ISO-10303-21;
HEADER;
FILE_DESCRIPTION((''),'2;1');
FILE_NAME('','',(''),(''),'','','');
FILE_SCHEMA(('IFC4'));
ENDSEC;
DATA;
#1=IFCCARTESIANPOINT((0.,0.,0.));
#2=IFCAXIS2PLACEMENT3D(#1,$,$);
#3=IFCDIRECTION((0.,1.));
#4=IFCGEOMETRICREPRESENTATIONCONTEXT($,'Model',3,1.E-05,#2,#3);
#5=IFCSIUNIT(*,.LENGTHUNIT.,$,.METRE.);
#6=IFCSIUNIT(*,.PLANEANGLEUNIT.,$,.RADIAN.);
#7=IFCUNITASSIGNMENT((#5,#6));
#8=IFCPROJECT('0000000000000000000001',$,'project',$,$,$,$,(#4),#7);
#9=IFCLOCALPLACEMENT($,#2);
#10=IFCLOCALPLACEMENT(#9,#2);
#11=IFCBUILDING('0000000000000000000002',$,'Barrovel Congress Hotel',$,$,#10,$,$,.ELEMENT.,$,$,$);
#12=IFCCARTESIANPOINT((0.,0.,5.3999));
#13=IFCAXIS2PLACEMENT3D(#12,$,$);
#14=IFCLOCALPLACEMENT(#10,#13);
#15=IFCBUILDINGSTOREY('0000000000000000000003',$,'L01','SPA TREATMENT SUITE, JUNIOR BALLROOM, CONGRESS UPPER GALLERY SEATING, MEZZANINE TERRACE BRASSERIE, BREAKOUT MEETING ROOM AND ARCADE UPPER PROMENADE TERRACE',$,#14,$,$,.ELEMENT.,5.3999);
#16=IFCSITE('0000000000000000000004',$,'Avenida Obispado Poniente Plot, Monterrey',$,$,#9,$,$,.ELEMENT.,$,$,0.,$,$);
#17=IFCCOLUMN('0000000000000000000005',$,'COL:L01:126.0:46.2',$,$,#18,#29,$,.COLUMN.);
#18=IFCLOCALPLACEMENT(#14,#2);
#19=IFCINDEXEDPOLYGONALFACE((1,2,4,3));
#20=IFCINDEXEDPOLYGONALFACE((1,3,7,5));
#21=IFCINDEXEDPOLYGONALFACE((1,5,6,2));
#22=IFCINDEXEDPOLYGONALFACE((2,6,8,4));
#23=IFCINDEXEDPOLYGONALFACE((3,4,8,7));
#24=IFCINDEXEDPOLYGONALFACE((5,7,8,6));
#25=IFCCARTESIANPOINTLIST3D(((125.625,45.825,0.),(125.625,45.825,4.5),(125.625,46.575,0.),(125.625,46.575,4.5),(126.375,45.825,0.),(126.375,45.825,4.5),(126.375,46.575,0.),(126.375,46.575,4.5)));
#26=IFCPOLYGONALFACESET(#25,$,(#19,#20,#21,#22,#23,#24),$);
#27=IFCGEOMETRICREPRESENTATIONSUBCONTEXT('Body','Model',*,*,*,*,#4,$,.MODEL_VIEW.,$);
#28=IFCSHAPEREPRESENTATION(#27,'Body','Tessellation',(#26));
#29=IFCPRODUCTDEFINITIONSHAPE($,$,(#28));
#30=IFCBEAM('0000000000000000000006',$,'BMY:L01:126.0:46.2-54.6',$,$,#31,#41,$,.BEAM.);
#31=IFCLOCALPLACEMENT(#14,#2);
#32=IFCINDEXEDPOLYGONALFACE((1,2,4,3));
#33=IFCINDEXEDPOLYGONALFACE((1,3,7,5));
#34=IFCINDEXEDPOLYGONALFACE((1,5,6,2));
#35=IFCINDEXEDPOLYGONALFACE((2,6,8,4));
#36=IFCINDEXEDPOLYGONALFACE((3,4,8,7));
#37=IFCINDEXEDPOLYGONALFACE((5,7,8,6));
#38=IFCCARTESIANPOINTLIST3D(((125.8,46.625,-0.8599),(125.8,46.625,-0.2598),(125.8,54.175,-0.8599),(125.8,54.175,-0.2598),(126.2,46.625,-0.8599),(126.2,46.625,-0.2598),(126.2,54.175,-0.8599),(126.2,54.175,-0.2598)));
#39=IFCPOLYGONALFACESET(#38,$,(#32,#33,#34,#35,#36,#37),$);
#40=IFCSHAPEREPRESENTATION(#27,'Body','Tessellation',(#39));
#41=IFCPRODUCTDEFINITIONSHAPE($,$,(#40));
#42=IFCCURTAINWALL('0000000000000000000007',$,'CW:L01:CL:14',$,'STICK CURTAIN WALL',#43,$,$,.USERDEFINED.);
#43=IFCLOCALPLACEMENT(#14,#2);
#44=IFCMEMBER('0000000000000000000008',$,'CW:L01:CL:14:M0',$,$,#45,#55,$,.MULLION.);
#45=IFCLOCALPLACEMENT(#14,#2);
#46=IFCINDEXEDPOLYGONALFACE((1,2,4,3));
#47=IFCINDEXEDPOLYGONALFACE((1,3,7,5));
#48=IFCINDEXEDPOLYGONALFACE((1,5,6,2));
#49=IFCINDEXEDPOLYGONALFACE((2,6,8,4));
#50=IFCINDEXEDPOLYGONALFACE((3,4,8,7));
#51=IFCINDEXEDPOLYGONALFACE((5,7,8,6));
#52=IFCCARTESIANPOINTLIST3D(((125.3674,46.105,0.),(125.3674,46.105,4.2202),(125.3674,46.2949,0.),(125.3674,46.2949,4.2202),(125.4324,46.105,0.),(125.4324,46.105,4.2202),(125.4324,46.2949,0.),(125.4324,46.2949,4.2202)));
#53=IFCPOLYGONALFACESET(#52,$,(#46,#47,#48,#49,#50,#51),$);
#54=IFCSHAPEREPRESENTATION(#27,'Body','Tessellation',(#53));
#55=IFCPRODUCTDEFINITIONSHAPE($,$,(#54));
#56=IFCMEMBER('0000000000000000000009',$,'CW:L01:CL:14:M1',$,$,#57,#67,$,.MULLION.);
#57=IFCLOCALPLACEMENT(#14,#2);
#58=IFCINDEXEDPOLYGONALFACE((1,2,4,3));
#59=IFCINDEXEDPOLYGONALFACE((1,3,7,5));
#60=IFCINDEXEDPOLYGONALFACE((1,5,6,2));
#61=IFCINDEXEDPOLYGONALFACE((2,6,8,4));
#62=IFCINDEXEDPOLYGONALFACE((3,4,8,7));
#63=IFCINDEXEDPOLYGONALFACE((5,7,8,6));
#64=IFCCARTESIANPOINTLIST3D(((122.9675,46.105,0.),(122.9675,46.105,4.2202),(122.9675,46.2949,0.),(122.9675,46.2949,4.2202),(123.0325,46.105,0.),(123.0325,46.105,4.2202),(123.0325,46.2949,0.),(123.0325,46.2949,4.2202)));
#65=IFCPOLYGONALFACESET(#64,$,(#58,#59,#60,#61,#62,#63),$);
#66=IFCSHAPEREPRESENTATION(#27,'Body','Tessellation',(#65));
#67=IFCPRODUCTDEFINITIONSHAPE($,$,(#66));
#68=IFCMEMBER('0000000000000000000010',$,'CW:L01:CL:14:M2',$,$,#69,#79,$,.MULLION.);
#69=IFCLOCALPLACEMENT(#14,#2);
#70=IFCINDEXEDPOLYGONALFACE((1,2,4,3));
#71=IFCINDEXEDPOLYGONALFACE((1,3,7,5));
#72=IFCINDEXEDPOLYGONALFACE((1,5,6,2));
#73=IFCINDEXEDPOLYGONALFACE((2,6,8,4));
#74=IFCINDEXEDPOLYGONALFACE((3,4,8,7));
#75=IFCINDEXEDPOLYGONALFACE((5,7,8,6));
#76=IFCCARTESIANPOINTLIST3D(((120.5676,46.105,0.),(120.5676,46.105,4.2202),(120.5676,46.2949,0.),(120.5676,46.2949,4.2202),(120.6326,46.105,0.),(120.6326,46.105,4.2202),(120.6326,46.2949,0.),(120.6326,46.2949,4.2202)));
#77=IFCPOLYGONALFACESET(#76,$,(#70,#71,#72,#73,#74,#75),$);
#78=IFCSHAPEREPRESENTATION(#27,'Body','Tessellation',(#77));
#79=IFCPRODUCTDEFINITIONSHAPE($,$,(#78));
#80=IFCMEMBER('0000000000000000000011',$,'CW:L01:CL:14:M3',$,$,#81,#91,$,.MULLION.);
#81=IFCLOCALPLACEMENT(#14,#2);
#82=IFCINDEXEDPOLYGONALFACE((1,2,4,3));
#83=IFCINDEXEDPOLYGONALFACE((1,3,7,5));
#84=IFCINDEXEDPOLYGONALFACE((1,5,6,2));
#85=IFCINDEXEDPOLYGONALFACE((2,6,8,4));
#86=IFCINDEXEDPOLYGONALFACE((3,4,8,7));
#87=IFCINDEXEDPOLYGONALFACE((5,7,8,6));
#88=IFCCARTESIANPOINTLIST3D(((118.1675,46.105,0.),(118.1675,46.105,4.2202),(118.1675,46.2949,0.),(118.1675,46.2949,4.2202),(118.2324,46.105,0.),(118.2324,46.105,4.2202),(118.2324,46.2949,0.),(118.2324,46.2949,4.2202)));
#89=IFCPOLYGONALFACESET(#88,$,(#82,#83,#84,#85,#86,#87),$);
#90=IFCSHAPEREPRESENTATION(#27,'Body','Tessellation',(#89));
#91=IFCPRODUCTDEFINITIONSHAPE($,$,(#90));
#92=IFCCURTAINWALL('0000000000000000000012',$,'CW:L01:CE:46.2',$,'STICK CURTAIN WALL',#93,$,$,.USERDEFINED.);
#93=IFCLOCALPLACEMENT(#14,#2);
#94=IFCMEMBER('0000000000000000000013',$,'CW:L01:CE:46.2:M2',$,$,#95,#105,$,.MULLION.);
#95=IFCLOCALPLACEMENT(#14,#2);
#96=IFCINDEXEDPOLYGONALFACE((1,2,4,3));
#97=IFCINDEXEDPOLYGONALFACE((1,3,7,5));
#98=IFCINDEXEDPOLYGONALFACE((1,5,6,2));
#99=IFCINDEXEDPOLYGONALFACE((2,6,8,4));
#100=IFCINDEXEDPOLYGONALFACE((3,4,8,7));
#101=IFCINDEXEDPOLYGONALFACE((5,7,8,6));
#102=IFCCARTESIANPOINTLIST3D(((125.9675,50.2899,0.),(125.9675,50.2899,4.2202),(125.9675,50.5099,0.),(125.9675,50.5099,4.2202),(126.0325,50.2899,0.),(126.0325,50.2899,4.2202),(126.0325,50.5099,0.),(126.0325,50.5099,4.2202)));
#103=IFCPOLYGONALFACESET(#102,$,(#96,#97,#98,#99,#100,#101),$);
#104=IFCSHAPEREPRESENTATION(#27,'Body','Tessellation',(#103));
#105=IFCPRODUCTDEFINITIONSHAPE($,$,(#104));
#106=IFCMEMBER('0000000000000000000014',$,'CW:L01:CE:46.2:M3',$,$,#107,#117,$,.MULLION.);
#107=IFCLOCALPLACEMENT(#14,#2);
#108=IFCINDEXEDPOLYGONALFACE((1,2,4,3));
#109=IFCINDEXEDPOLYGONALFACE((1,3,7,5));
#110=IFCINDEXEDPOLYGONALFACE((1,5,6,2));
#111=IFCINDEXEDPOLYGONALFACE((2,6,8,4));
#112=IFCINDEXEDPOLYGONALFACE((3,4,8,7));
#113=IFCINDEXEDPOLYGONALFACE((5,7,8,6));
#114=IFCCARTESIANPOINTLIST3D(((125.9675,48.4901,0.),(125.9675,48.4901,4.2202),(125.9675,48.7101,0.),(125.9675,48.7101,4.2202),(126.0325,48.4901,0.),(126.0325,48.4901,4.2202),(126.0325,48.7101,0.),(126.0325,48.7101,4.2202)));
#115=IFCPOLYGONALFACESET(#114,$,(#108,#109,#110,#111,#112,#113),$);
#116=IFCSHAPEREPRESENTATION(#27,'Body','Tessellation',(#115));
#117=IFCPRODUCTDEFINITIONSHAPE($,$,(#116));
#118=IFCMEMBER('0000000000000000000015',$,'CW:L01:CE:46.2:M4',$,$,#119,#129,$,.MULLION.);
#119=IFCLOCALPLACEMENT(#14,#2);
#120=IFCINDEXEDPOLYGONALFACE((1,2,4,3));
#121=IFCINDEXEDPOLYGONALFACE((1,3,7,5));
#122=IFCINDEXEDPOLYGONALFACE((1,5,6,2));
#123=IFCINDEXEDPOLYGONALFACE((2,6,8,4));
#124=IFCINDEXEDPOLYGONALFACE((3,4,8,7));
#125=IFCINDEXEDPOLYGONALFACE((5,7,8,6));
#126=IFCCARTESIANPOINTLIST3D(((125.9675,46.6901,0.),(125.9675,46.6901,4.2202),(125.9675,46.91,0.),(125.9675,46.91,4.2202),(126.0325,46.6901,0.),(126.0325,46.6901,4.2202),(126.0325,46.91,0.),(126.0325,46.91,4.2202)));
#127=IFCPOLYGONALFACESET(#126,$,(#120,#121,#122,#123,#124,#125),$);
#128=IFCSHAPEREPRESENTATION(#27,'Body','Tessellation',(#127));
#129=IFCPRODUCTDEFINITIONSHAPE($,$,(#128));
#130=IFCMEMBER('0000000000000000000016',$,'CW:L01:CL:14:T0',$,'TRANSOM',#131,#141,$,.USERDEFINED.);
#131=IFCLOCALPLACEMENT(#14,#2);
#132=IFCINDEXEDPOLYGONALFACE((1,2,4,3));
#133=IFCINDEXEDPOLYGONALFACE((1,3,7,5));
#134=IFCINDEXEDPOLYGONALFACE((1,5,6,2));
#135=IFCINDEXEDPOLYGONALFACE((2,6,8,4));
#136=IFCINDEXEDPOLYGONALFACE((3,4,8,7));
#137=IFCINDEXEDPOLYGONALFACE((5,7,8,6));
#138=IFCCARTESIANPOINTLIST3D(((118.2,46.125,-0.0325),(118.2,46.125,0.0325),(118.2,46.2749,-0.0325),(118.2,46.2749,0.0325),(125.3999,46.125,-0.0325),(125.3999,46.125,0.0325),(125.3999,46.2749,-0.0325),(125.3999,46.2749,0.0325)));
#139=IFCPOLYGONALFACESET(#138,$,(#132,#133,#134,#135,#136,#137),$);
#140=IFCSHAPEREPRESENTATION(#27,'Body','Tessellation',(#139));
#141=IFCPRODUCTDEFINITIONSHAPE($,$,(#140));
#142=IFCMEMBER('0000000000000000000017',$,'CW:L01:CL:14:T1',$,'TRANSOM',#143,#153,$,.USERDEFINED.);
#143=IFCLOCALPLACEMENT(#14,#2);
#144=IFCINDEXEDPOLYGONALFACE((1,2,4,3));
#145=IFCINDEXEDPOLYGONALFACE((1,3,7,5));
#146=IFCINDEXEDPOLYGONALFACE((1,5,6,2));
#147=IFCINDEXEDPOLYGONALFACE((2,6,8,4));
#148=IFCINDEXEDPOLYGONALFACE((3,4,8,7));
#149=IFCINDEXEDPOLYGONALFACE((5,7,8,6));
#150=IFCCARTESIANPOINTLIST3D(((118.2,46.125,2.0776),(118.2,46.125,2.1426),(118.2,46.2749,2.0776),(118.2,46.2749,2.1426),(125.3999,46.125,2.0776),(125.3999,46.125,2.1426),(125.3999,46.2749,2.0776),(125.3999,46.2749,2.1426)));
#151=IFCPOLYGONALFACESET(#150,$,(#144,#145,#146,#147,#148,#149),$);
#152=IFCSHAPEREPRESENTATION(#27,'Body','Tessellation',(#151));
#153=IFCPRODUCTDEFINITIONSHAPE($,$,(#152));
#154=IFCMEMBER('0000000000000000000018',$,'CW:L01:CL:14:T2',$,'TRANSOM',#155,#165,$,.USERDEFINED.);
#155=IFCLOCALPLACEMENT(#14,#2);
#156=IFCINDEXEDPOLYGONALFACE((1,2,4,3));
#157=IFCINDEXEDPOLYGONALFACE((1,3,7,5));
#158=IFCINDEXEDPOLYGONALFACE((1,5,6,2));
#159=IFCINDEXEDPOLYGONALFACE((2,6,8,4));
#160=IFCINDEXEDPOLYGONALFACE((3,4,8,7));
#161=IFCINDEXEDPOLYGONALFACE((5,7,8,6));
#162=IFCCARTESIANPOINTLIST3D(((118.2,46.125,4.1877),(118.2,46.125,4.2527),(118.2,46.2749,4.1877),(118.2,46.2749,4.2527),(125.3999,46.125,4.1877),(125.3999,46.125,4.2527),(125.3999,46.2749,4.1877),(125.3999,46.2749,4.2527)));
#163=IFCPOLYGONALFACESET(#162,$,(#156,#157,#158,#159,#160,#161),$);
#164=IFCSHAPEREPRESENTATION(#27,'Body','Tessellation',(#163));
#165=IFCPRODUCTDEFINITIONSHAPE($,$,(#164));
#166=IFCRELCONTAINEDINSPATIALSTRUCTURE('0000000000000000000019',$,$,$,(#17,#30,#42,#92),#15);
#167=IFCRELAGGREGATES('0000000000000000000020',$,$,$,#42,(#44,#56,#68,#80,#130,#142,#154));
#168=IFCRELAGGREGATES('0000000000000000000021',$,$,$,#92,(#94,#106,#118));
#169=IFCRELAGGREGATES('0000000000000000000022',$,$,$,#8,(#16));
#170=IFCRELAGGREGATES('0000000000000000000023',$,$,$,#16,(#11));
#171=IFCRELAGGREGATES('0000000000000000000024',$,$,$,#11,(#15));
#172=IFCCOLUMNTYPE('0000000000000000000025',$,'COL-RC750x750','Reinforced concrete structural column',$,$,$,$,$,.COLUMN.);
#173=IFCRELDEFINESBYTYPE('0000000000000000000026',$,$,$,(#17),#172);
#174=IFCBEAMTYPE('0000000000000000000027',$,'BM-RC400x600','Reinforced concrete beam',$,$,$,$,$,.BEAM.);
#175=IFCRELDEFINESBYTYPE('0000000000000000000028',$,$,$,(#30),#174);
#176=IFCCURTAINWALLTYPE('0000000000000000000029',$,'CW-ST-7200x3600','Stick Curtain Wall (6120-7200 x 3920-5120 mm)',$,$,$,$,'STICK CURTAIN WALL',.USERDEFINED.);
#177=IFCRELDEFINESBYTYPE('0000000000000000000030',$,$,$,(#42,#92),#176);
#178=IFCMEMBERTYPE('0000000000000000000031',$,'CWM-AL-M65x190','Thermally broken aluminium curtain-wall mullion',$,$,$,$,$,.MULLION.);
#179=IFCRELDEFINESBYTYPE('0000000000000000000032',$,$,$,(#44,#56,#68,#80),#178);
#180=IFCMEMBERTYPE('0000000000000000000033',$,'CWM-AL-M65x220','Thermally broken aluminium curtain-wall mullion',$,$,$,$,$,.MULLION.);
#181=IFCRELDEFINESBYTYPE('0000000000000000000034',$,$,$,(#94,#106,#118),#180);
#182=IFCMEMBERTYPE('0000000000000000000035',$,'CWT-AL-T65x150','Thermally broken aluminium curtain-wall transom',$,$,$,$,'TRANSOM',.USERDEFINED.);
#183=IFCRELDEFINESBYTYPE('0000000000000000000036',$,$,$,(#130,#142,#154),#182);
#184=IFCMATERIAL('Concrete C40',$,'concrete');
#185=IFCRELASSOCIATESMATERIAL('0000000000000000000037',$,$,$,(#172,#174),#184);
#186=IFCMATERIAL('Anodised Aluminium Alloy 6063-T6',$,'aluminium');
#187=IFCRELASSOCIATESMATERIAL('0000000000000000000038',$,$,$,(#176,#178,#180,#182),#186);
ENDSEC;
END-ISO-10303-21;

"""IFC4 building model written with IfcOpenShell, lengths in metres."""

from ifc_helpers import new_model, si_unit, direction, frame, origin, origin_2d, place, context, subcontext, project, spatial, rectangle, extrude, material, material_profile, profile_set, type_object, element, aggregate, save


model = new_model("IFC4")

# Units and contexts
model_context = context("Model", 3, precision=1e-05, world=origin(), true_north=direction((0.0, 1.0)))
body_context = subcontext(model_context, "Body", "Model", "MODEL_VIEW")
ifc_project = project(units=[si_unit("LENGTHUNIT", "METRE"), si_unit("PLANEANGLEUNIT", "RADIAN")], contexts=[model_context])

# Site, building, storey
site_placement = place(None, origin())
site = spatial("IfcSite", under=ifc_project, at=site_placement, Name="Avenida Obispado Poniente Plot, Monterrey", CompositionType="ELEMENT", RefElevation=0.0)
building_placement = place(site_placement, origin())
building = spatial("IfcBuilding", under=site, at=building_placement, Name="Barrovel Congress Hotel", CompositionType="ELEMENT")
storey_placement = place(building_placement, frame((0.0, 0.0, 5.3999)))
storey = spatial("IfcBuildingStorey", under=building, at=storey_placement, Name="L01", Description="SPA TREATMENT SUITE, JUNIOR BALLROOM, CONGRESS UPPER GALLERY SEATING, MEZZANINE TERRACE BRASSERIE, BREAKOUT MEETING ROOM AND ARCADE UPPER PROMENADE TERRACE", CompositionType="ELEMENT", Elevation=5.3999)

# Column
ifc_material_1 = material(Name="Concrete C40", Category="concrete")
ifc_material_profile_1 = material_profile(ifc_material_1, rectangle(XDim=0.75, YDim=0.75, at=origin_2d()), Name="RC750x750")
ifc_profile_set_1 = profile_set([ifc_material_profile_1], Name="Concrete C40")
column_type = type_object("IfcColumnType", Name="COL-RC750x750", Description="Reinforced concrete structural column", PredefinedType="COLUMN", material=ifc_profile_set_1)
column_placement = place(storey_placement, frame((126.0, 46.2, 0.0), z_axis=(0.0, 0.0, 1.0), x_axis=(1.0, 0.0, 0.0)))
element("IfcColumn", 1, at=column_placement, inside=storey, type_object=column_type, Name="COL:L01:126.0:46.2", PredefinedType="COLUMN", context=body_context, shape_type="SweptSolid", body=[
    extrude(rectangle(XDim=0.75, YDim=0.75, at=origin_2d()), origin(), (0.0, 0.0, 1.0), 4.5),
])

# Beam
ifc_material_profile_2 = material_profile(ifc_material_1, rectangle(XDim=0.3999, YDim=0.6001, at=origin_2d()), Name="RC400x600")
ifc_profile_set_2 = profile_set([ifc_material_profile_2], Name="Concrete C40")
beam_type = type_object("IfcBeamType", Name="BM-RC400x600", Description="Reinforced concrete beam", PredefinedType="BEAM", material=ifc_profile_set_2)
beam_placement = place(storey_placement, frame((126.0, 46.625, -0.5598), z_axis=(0.0, 1.0, 0.0), x_axis=(-1.0, 0.0, 0.0)))
element("IfcBeam", 2, at=beam_placement, inside=storey, type_object=beam_type, Name="BMY:L01:126.0:46.2-54.6", PredefinedType="BEAM", context=body_context, shape_type="SweptSolid", body=[
    extrude(rectangle(XDim=0.3999, YDim=0.6001, at=origin_2d()), origin(), (0.0, 0.0, 1.0), 7.55),
])

# Curtain walls, members
ifc_material_2 = material(Name="Anodised Aluminium Alloy 6063-T6", Category="aluminium")
curtain_wall_type = type_object("IfcCurtainWallType", Name="CW-ST-7200x3600", Description="Stick Curtain Wall (6120-7200 x 3920-5120 mm)", ElementType="STICK CURTAIN WALL", PredefinedType="USERDEFINED", material=ifc_material_2)
curtain_wall_1_placement = place(storey_placement, origin())
curtain_wall_1 = element("IfcCurtainWall", 3, at=curtain_wall_1_placement, inside=storey, type_object=curtain_wall_type, Name="CW:L01:CL:14", ObjectType="STICK CURTAIN WALL", PredefinedType="USERDEFINED")
ifc_material_profile_3 = material_profile(ifc_material_2, rectangle(XDim=0.0649, YDim=0.1899, at=origin_2d()), Name="AL-M65x190")
ifc_profile_set_3 = profile_set([ifc_material_profile_3], Name="Anodised Aluminium Alloy 6063-T6")
member_type_1 = type_object("IfcMemberType", Name="CWM-AL-M65x190", Description="Thermally broken aluminium curtain-wall mullion", PredefinedType="MULLION", material=ifc_profile_set_3)
member_1_placement = place(storey_placement, frame((125.3999, 46.2, 0.0), z_axis=(0.0, 0.0, 1.0), x_axis=(1.0, 0.0, 0.0)))
member_1 = element("IfcMember", 4, at=member_1_placement, type_object=member_type_1, Name="CW:L01:CL:14:M0", PredefinedType="MULLION", context=body_context, shape_type="SweptSolid", body=[
    extrude(rectangle(XDim=0.0649, YDim=0.1899, at=origin_2d()), origin(), (0.0, 0.0, 1.0), 4.2202),
])
member_2_placement = place(storey_placement, frame((123.0, 46.2, 0.0), z_axis=(0.0, 0.0, 1.0), x_axis=(1.0, 0.0, 0.0)))
member_2 = element("IfcMember", 5, at=member_2_placement, type_object=member_type_1, Name="CW:L01:CL:14:M1", PredefinedType="MULLION", context=body_context, shape_type="SweptSolid", body=[
    extrude(rectangle(XDim=0.0649, YDim=0.1899, at=origin_2d()), origin(), (0.0, 0.0, 1.0), 4.2202),
])
member_3_placement = place(storey_placement, frame((120.6001, 46.2, 0.0), z_axis=(0.0, 0.0, 1.0), x_axis=(1.0, 0.0, 0.0)))
member_3 = element("IfcMember", 6, at=member_3_placement, type_object=member_type_1, Name="CW:L01:CL:14:M2", PredefinedType="MULLION", context=body_context, shape_type="SweptSolid", body=[
    extrude(rectangle(XDim=0.0649, YDim=0.1899, at=origin_2d()), origin(), (0.0, 0.0, 1.0), 4.2202),
])
member_4_placement = place(storey_placement, frame((118.2, 46.2, 0.0), z_axis=(0.0, 0.0, 1.0), x_axis=(1.0, 0.0, 0.0)))
member_4 = element("IfcMember", 7, at=member_4_placement, type_object=member_type_1, Name="CW:L01:CL:14:M3", PredefinedType="MULLION", context=body_context, shape_type="SweptSolid", body=[
    extrude(rectangle(XDim=0.0649, YDim=0.1899, at=origin_2d()), origin(), (0.0, 0.0, 1.0), 4.2202),
])
curtain_wall_2_placement = place(storey_placement, origin())
curtain_wall_2 = element("IfcCurtainWall", 8, at=curtain_wall_2_placement, inside=storey, type_object=curtain_wall_type, Name="CW:L01:CE:46.2", ObjectType="STICK CURTAIN WALL", PredefinedType="USERDEFINED")
ifc_material_profile_4 = material_profile(ifc_material_2, rectangle(XDim=0.0649, YDim=0.22, at=origin_2d()), Name="AL-M65x220")
ifc_profile_set_4 = profile_set([ifc_material_profile_4], Name="Anodised Aluminium Alloy 6063-T6")
member_type_2 = type_object("IfcMemberType", Name="CWM-AL-M65x220", Description="Thermally broken aluminium curtain-wall mullion", PredefinedType="MULLION", material=ifc_profile_set_4)
member_5_placement = place(storey_placement, frame((126.0, 50.3999, 0.0), z_axis=(0.0, 0.0, 1.0), x_axis=(1.0, 0.0, 0.0)))
member_5 = element("IfcMember", 9, at=member_5_placement, type_object=member_type_2, Name="CW:L01:CE:46.2:M2", PredefinedType="MULLION", context=body_context, shape_type="SweptSolid", body=[
    extrude(rectangle(XDim=0.0649, YDim=0.22, at=origin_2d()), origin(), (0.0, 0.0, 1.0), 4.2202),
])
member_6_placement = place(storey_placement, frame((126.0, 48.6001, 0.0), z_axis=(0.0, 0.0, 1.0), x_axis=(1.0, 0.0, 0.0)))
member_6 = element("IfcMember", 10, at=member_6_placement, type_object=member_type_2, Name="CW:L01:CE:46.2:M3", PredefinedType="MULLION", context=body_context, shape_type="SweptSolid", body=[
    extrude(rectangle(XDim=0.0649, YDim=0.22, at=origin_2d()), origin(), (0.0, 0.0, 1.0), 4.2202),
])
member_7_placement = place(storey_placement, frame((126.0, 46.8, 0.0), z_axis=(0.0, 0.0, 1.0), x_axis=(1.0, 0.0, 0.0)))
member_7 = element("IfcMember", 11, at=member_7_placement, type_object=member_type_2, Name="CW:L01:CE:46.2:M4", PredefinedType="MULLION", context=body_context, shape_type="SweptSolid", body=[
    extrude(rectangle(XDim=0.0649, YDim=0.22, at=origin_2d()), origin(), (0.0, 0.0, 1.0), 4.2202),
])

# Members
ifc_material_profile_5 = material_profile(ifc_material_2, rectangle(XDim=0.1499, YDim=0.0649, at=origin_2d()), Name="AL-T65x150")
ifc_profile_set_5 = profile_set([ifc_material_profile_5], Name="Anodised Aluminium Alloy 6063-T6")
member_type_3 = type_object("IfcMemberType", Name="CWT-AL-T65x150", Description="Thermally broken aluminium curtain-wall transom", ElementType="TRANSOM", PredefinedType="USERDEFINED", material=ifc_profile_set_5)
member_8_placement = place(storey_placement, frame((125.3999, 46.2, 0.0), z_axis=(-1.0, 0.0, 0.0), x_axis=(0.0, -1.0, 0.0)))
member_8 = element("IfcMember", 12, at=member_8_placement, type_object=member_type_3, Name="CW:L01:CL:14:T0", ObjectType="TRANSOM", PredefinedType="USERDEFINED", context=body_context, shape_type="SweptSolid", body=[
    extrude(rectangle(XDim=0.1499, YDim=0.0649, at=origin_2d()), origin(), (0.0, 0.0, 1.0), 7.2),
])
member_9_placement = place(storey_placement, frame((125.3999, 46.2, 2.1101), z_axis=(-1.0, 0.0, 0.0), x_axis=(0.0, -1.0, 0.0)))
member_9 = element("IfcMember", 13, at=member_9_placement, type_object=member_type_3, Name="CW:L01:CL:14:T1", ObjectType="TRANSOM", PredefinedType="USERDEFINED", context=body_context, shape_type="SweptSolid", body=[
    extrude(rectangle(XDim=0.1499, YDim=0.0649, at=origin_2d()), origin(), (0.0, 0.0, 1.0), 7.2),
])
member_10_placement = place(storey_placement, frame((125.3999, 46.2, 4.2202), z_axis=(-1.0, 0.0, 0.0), x_axis=(0.0, -1.0, 0.0)))
member_10 = element("IfcMember", 14, at=member_10_placement, type_object=member_type_3, Name="CW:L01:CL:14:T2", ObjectType="TRANSOM", PredefinedType="USERDEFINED", context=body_context, shape_type="SweptSolid", body=[
    extrude(rectangle(XDim=0.1499, YDim=0.0649, at=origin_2d()), origin(), (0.0, 0.0, 1.0), 7.2),
])

aggregate(curtain_wall_1, [member_1, member_2, member_3, member_4, member_8, member_9, member_10])
aggregate(curtain_wall_2, [member_5, member_6, member_7])

save(model, "model.ifc")
